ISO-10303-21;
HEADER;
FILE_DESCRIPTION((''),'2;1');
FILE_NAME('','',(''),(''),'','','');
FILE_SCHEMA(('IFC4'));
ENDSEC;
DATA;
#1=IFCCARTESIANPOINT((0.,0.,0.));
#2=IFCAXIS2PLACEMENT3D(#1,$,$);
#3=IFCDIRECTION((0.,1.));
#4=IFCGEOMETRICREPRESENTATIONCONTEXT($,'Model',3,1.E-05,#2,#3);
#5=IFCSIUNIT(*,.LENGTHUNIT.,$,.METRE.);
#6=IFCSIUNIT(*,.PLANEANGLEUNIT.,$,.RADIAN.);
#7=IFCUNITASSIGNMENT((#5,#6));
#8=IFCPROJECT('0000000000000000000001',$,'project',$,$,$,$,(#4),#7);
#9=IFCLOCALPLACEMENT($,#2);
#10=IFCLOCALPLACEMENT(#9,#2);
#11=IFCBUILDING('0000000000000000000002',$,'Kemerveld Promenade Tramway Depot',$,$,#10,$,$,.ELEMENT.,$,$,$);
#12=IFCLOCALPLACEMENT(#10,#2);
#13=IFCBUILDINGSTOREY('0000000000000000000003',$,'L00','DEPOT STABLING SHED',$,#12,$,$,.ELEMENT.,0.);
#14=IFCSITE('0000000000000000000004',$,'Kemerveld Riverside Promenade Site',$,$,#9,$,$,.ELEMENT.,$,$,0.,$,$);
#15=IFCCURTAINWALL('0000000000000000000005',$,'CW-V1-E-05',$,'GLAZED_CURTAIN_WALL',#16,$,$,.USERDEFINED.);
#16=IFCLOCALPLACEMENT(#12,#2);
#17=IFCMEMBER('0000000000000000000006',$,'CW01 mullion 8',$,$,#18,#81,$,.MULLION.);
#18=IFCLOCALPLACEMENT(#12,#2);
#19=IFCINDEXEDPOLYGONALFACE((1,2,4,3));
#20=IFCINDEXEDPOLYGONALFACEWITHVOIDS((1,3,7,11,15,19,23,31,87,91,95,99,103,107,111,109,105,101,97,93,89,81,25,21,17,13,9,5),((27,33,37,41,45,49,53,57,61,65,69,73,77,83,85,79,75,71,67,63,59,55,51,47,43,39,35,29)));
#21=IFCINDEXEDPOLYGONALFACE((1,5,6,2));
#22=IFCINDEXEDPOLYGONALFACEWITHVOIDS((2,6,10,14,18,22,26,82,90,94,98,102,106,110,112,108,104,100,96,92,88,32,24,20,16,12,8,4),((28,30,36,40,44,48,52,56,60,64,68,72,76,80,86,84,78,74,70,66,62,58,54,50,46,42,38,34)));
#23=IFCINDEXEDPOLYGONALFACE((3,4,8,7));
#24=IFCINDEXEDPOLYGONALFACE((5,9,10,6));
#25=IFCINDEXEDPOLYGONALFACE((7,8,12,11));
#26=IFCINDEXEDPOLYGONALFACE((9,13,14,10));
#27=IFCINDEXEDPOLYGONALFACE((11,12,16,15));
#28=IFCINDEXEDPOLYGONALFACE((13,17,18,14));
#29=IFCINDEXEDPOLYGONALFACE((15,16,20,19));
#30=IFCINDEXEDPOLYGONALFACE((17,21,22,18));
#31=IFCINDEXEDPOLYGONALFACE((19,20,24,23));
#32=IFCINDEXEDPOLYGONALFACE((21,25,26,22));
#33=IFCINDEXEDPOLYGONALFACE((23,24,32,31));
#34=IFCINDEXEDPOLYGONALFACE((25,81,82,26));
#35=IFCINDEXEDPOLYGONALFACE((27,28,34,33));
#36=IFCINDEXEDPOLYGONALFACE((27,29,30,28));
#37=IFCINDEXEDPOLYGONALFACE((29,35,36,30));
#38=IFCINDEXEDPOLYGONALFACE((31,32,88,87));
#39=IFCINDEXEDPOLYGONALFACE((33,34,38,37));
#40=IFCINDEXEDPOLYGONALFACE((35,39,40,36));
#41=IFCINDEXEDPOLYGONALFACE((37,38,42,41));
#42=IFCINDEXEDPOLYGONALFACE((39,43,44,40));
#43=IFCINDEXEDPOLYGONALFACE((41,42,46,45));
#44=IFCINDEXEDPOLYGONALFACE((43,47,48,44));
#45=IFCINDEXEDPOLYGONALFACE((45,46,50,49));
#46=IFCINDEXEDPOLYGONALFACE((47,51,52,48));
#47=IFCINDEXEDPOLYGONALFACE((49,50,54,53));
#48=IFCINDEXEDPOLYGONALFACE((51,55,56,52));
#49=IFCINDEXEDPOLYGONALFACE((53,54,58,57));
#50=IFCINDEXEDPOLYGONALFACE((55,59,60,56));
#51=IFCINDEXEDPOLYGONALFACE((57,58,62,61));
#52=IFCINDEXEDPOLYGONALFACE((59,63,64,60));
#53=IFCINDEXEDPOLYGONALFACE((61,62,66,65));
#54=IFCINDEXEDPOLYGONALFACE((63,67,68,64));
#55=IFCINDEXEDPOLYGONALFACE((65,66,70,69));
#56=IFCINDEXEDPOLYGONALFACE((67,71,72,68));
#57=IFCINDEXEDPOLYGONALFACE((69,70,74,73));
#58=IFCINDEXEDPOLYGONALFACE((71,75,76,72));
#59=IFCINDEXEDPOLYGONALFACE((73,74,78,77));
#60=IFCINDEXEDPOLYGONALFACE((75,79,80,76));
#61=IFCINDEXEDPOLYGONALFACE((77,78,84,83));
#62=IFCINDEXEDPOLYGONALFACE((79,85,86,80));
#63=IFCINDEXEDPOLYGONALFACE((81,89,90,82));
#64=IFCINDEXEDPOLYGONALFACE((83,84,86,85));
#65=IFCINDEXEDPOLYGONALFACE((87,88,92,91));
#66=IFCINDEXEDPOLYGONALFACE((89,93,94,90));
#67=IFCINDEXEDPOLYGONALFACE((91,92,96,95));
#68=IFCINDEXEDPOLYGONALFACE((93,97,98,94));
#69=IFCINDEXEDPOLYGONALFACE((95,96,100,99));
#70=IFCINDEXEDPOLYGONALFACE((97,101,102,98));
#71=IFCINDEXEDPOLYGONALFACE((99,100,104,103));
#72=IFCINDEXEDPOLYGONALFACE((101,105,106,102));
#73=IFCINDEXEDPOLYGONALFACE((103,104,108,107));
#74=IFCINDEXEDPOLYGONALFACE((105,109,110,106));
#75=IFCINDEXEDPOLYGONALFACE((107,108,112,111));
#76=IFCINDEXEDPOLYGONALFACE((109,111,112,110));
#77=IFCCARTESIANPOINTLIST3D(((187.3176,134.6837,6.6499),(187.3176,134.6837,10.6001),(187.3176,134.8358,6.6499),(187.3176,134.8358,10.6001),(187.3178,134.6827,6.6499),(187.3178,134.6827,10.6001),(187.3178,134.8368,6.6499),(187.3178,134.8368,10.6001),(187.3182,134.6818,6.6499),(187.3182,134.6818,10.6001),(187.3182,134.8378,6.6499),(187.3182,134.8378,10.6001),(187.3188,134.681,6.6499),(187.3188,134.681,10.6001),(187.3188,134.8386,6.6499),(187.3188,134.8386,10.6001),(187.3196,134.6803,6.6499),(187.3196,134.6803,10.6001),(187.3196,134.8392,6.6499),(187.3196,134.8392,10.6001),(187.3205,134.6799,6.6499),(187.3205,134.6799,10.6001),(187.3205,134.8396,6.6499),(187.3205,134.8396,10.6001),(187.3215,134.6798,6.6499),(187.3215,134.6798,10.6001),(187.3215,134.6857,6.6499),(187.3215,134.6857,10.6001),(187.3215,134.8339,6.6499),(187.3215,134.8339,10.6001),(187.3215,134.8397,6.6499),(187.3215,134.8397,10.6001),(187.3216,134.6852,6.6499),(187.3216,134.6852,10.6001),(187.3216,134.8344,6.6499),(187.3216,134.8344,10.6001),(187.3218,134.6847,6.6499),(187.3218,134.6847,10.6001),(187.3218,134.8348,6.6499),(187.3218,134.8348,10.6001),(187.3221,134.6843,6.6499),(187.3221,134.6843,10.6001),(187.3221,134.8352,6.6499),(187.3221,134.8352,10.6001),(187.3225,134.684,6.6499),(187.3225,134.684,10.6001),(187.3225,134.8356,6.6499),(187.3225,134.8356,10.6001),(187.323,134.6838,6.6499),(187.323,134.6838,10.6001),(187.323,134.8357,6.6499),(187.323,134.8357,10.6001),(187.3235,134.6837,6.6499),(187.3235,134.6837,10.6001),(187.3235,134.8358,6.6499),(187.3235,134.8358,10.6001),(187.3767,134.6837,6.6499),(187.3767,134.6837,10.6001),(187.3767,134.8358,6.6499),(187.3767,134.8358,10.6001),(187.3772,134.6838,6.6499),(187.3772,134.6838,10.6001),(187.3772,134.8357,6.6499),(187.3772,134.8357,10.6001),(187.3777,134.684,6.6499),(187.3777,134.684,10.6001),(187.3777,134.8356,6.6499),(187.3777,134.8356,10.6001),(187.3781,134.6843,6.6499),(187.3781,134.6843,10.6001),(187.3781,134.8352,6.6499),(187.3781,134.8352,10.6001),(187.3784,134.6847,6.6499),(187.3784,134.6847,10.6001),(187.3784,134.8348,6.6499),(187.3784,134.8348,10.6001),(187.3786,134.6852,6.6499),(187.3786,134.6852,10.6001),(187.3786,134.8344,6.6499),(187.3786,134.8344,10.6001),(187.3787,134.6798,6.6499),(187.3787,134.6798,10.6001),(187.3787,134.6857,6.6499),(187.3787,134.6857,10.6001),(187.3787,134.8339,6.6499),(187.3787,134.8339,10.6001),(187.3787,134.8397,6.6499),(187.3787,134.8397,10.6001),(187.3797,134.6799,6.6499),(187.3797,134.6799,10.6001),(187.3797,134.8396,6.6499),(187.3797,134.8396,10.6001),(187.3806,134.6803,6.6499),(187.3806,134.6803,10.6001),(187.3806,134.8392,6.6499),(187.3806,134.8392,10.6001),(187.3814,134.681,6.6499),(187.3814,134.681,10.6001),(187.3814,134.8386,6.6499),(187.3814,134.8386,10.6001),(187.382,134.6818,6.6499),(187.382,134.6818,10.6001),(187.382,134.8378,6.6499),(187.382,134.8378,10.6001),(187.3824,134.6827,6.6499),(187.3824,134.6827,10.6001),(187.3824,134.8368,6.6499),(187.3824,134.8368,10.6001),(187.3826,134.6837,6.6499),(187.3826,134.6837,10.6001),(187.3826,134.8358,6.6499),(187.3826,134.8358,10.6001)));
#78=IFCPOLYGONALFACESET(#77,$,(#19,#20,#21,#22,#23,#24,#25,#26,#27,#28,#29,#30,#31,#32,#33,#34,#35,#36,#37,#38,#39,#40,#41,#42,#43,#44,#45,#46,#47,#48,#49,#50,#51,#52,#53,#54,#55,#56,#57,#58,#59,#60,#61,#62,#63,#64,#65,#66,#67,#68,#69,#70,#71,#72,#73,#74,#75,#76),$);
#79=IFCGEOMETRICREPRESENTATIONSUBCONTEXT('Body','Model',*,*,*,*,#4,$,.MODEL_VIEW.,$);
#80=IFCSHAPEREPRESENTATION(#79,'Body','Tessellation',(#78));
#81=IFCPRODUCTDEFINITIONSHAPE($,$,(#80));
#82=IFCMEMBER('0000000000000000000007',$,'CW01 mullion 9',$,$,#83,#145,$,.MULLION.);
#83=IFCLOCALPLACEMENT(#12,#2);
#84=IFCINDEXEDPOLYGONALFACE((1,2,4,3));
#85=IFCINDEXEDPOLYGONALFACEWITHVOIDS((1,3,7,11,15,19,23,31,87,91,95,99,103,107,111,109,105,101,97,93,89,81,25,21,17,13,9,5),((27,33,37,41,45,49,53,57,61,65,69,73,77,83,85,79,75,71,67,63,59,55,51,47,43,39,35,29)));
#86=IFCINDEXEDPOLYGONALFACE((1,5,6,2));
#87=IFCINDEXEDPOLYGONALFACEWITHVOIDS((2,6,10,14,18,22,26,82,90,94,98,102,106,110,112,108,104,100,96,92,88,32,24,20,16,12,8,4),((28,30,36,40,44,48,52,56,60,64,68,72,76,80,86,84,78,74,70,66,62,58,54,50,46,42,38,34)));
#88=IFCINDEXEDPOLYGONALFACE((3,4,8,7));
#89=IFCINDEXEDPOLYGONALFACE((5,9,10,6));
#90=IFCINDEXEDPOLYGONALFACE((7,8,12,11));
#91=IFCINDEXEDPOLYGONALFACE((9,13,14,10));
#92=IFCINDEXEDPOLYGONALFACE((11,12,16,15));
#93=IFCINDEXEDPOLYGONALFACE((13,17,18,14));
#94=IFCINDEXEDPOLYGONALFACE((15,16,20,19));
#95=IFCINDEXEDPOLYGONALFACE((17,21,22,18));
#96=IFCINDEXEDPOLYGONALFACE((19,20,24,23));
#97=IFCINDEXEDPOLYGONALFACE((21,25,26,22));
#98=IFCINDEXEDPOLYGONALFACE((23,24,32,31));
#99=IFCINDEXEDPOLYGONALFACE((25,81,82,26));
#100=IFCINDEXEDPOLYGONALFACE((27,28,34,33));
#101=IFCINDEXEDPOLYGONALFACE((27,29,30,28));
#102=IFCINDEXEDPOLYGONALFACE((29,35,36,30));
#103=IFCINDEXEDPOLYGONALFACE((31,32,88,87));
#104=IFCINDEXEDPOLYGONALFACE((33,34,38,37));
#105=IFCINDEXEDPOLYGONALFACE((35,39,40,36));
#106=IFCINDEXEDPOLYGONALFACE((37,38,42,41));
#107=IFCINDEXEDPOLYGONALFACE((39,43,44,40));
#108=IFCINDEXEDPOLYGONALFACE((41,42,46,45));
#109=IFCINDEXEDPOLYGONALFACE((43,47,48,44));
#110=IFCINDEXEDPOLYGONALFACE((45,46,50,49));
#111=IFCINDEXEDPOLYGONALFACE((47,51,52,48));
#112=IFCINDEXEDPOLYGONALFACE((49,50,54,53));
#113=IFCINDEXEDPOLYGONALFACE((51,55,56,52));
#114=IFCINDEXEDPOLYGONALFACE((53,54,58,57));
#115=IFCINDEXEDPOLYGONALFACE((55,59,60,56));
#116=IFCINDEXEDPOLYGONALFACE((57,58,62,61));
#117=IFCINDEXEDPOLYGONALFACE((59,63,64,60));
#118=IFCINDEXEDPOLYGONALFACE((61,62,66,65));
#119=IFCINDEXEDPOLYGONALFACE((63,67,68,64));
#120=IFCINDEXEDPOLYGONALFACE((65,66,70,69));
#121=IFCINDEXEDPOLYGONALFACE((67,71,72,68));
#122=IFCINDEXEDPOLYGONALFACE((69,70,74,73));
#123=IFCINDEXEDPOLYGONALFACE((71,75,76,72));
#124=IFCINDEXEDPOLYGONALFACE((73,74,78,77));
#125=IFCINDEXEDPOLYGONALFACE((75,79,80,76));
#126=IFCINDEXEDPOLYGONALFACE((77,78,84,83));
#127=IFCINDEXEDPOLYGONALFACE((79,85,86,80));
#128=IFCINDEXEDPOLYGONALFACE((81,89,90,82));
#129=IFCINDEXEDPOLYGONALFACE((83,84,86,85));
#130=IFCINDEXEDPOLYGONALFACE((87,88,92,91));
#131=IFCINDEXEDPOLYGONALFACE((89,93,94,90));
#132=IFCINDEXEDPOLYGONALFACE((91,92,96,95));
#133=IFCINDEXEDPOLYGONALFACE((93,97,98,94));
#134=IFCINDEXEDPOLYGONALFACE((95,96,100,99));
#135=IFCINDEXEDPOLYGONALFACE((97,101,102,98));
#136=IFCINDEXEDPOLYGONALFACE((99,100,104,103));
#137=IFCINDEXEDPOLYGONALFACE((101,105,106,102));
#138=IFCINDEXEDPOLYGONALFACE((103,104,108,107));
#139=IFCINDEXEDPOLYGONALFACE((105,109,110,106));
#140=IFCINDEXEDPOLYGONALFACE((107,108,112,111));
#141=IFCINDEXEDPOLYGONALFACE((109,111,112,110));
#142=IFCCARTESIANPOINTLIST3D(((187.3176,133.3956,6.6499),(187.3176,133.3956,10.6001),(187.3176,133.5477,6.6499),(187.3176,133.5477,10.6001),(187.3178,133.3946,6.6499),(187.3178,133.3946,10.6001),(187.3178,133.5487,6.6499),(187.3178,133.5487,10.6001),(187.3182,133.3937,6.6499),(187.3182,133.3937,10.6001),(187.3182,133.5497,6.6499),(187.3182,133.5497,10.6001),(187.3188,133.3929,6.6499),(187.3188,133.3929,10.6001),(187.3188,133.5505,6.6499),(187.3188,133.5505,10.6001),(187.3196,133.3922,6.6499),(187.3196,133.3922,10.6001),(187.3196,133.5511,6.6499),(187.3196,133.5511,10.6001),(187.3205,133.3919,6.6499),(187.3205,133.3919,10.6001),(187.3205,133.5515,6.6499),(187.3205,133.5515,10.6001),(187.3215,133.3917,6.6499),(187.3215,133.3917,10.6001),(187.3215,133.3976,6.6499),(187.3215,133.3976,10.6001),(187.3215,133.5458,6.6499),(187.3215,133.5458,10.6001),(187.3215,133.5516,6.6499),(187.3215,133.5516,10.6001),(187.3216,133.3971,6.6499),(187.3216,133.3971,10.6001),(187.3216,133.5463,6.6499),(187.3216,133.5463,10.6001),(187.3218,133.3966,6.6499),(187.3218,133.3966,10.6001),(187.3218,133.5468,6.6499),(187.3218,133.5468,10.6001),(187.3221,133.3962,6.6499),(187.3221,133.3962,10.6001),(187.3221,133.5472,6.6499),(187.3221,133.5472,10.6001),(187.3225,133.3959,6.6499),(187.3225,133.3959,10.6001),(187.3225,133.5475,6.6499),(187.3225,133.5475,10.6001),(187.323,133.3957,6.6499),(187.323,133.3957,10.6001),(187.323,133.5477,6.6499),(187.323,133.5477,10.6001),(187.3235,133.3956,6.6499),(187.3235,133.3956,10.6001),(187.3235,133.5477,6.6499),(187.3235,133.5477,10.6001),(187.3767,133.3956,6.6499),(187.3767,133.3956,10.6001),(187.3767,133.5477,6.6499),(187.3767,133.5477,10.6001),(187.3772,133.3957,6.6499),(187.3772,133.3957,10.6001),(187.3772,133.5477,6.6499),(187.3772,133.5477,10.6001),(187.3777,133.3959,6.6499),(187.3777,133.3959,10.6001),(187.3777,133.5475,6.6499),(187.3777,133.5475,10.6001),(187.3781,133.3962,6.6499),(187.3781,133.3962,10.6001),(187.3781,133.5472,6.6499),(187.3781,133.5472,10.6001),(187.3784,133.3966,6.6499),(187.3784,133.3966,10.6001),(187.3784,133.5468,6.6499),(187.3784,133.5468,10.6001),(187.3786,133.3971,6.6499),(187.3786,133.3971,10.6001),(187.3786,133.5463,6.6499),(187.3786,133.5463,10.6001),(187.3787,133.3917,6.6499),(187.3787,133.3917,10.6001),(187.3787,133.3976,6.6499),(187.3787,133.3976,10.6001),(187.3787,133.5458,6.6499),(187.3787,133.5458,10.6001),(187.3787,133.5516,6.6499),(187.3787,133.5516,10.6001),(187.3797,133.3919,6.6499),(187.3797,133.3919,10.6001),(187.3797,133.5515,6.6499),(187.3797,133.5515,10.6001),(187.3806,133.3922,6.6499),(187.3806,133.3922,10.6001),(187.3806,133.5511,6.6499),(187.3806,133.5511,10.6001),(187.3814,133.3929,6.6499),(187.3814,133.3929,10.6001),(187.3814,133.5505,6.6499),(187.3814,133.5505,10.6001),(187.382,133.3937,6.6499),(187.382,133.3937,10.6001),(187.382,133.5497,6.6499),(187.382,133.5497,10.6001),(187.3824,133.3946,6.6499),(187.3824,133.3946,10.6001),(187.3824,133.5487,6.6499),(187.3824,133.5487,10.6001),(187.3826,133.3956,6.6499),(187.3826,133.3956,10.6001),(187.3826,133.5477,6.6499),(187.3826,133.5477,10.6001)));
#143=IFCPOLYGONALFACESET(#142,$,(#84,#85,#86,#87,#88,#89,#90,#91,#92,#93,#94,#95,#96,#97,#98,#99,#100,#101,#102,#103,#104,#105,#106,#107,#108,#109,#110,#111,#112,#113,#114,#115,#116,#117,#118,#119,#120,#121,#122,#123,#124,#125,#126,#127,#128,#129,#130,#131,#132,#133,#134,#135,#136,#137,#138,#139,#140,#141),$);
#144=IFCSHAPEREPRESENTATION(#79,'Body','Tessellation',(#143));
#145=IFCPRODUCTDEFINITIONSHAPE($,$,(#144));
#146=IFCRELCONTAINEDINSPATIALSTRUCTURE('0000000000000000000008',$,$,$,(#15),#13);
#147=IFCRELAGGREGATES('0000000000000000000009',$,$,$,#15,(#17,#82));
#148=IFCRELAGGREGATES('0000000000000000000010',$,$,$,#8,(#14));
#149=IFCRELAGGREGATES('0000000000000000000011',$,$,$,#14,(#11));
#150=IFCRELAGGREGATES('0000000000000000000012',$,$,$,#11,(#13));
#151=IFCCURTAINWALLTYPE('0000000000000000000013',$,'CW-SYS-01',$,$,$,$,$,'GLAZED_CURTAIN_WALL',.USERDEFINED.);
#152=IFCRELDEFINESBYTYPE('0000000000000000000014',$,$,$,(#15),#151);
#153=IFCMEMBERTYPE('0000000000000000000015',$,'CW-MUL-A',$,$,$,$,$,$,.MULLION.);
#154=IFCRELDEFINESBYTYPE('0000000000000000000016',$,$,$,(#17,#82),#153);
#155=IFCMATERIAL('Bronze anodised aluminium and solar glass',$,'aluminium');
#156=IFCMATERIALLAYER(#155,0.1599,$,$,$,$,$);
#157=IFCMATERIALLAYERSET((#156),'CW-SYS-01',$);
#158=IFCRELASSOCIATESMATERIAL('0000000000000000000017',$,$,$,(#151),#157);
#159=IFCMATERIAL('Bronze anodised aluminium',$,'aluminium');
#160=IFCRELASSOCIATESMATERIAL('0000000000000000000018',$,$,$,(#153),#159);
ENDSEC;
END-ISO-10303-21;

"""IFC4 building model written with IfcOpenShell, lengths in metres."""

from ifc_helpers import new_model, si_unit, direction, frame, origin, origin_2d, place, context, subcontext, project, spatial, hollow_rectangle, extrude, material, layer, layer_set, material_profile, profile_set, type_object, element, aggregate, save


model = new_model("IFC4")

# Units and contexts
model_context = context("Model", 3, precision=1e-05, world=origin(), true_north=direction((0.0, 1.0)))
body_context = subcontext(model_context, "Body", "Model", "MODEL_VIEW")
ifc_project = project(units=[si_unit("LENGTHUNIT", "METRE"), si_unit("PLANEANGLEUNIT", "RADIAN")], contexts=[model_context])

# Site, building, storey
site_placement = place(None, origin())
site = spatial("IfcSite", under=ifc_project, at=site_placement, Name="Kemerveld Riverside Promenade Site", CompositionType="ELEMENT", RefElevation=0.0)
building_placement = place(site_placement, origin())
building = spatial("IfcBuilding", under=site, at=building_placement, Name="Kemerveld Promenade Tramway Depot", CompositionType="ELEMENT")
storey_placement = place(building_placement, origin())
storey = spatial("IfcBuildingStorey", under=building, at=storey_placement, Name="L00", Description="DEPOT STABLING SHED", CompositionType="ELEMENT", Elevation=0.0)

# Curtain wall, members
ifc_material_1 = material(Name="Bronze anodised aluminium and solar glass", Category="aluminium")
ifc_layer_1 = layer(ifc_material_1, 0.1599)
ifc_layer_set_1 = layer_set([ifc_layer_1], Name="CW-SYS-01")
curtain_wall_type = type_object("IfcCurtainWallType", Name="CW-SYS-01", ElementType="GLAZED_CURTAIN_WALL", PredefinedType="USERDEFINED", material=ifc_layer_set_1)
curtain_wall_placement = place(storey_placement, origin())
curtain_wall = element("IfcCurtainWall", 1, at=curtain_wall_placement, inside=storey, type_object=curtain_wall_type, Name="CW-V1-E-05", ObjectType="GLAZED_CURTAIN_WALL", PredefinedType="USERDEFINED")
ifc_material_2 = material(Name="Bronze anodised aluminium", Category="aluminium")
ifc_material_profile_1 = material_profile(ifc_material_2, hollow_rectangle(XDim=0.0649, YDim=0.1599, WallThickness=0.0039, InnerFilletRadius=0.002, OuterFilletRadius=0.0039, at=origin_2d()), Name="CW-MUL-160x65")
ifc_profile_set_1 = profile_set([ifc_material_profile_1], Name="Bronze anodised aluminium")
member_type_1 = type_object("IfcMemberType", Name="CW-MUL-A", PredefinedType="MULLION", material=ifc_profile_set_1)
member_1_placement = place(storey_placement, frame((187.3501, 134.7598, 6.6499), z_axis=(0.0, 0.0, 1.0), x_axis=(1.0, 0.0, 0.0)))
member_1 = element("IfcMember", 2, at=member_1_placement, type_object=member_type_1, Name="CW01 mullion 8", PredefinedType="MULLION", context=body_context, shape_type="SweptSolid", body=[
    extrude(hollow_rectangle(XDim=0.0649, YDim=0.1599, WallThickness=0.0039, InnerFilletRadius=0.002, OuterFilletRadius=0.0039, at=origin_2d()), origin(), (0.0, 0.0, 1.0), 3.9502),
])
member_2_placement = place(storey_placement, frame((187.3501, 133.4717, 6.6499), z_axis=(0.0, 0.0, 1.0), x_axis=(1.0, 0.0, 0.0)))
member_2 = element("IfcMember", 3, at=member_2_placement, type_object=member_type_1, Name="CW01 mullion 9", PredefinedType="MULLION", context=body_context, shape_type="SweptSolid", body=[
    extrude(hollow_rectangle(XDim=0.0649, YDim=0.1599, WallThickness=0.0039, InnerFilletRadius=0.002, OuterFilletRadius=0.0039, at=origin_2d()), origin(), (0.0, 0.0, 1.0), 3.9502),
])
aggregate(curtain_wall, [member_1, member_2])

save(model, "model.ifc")
